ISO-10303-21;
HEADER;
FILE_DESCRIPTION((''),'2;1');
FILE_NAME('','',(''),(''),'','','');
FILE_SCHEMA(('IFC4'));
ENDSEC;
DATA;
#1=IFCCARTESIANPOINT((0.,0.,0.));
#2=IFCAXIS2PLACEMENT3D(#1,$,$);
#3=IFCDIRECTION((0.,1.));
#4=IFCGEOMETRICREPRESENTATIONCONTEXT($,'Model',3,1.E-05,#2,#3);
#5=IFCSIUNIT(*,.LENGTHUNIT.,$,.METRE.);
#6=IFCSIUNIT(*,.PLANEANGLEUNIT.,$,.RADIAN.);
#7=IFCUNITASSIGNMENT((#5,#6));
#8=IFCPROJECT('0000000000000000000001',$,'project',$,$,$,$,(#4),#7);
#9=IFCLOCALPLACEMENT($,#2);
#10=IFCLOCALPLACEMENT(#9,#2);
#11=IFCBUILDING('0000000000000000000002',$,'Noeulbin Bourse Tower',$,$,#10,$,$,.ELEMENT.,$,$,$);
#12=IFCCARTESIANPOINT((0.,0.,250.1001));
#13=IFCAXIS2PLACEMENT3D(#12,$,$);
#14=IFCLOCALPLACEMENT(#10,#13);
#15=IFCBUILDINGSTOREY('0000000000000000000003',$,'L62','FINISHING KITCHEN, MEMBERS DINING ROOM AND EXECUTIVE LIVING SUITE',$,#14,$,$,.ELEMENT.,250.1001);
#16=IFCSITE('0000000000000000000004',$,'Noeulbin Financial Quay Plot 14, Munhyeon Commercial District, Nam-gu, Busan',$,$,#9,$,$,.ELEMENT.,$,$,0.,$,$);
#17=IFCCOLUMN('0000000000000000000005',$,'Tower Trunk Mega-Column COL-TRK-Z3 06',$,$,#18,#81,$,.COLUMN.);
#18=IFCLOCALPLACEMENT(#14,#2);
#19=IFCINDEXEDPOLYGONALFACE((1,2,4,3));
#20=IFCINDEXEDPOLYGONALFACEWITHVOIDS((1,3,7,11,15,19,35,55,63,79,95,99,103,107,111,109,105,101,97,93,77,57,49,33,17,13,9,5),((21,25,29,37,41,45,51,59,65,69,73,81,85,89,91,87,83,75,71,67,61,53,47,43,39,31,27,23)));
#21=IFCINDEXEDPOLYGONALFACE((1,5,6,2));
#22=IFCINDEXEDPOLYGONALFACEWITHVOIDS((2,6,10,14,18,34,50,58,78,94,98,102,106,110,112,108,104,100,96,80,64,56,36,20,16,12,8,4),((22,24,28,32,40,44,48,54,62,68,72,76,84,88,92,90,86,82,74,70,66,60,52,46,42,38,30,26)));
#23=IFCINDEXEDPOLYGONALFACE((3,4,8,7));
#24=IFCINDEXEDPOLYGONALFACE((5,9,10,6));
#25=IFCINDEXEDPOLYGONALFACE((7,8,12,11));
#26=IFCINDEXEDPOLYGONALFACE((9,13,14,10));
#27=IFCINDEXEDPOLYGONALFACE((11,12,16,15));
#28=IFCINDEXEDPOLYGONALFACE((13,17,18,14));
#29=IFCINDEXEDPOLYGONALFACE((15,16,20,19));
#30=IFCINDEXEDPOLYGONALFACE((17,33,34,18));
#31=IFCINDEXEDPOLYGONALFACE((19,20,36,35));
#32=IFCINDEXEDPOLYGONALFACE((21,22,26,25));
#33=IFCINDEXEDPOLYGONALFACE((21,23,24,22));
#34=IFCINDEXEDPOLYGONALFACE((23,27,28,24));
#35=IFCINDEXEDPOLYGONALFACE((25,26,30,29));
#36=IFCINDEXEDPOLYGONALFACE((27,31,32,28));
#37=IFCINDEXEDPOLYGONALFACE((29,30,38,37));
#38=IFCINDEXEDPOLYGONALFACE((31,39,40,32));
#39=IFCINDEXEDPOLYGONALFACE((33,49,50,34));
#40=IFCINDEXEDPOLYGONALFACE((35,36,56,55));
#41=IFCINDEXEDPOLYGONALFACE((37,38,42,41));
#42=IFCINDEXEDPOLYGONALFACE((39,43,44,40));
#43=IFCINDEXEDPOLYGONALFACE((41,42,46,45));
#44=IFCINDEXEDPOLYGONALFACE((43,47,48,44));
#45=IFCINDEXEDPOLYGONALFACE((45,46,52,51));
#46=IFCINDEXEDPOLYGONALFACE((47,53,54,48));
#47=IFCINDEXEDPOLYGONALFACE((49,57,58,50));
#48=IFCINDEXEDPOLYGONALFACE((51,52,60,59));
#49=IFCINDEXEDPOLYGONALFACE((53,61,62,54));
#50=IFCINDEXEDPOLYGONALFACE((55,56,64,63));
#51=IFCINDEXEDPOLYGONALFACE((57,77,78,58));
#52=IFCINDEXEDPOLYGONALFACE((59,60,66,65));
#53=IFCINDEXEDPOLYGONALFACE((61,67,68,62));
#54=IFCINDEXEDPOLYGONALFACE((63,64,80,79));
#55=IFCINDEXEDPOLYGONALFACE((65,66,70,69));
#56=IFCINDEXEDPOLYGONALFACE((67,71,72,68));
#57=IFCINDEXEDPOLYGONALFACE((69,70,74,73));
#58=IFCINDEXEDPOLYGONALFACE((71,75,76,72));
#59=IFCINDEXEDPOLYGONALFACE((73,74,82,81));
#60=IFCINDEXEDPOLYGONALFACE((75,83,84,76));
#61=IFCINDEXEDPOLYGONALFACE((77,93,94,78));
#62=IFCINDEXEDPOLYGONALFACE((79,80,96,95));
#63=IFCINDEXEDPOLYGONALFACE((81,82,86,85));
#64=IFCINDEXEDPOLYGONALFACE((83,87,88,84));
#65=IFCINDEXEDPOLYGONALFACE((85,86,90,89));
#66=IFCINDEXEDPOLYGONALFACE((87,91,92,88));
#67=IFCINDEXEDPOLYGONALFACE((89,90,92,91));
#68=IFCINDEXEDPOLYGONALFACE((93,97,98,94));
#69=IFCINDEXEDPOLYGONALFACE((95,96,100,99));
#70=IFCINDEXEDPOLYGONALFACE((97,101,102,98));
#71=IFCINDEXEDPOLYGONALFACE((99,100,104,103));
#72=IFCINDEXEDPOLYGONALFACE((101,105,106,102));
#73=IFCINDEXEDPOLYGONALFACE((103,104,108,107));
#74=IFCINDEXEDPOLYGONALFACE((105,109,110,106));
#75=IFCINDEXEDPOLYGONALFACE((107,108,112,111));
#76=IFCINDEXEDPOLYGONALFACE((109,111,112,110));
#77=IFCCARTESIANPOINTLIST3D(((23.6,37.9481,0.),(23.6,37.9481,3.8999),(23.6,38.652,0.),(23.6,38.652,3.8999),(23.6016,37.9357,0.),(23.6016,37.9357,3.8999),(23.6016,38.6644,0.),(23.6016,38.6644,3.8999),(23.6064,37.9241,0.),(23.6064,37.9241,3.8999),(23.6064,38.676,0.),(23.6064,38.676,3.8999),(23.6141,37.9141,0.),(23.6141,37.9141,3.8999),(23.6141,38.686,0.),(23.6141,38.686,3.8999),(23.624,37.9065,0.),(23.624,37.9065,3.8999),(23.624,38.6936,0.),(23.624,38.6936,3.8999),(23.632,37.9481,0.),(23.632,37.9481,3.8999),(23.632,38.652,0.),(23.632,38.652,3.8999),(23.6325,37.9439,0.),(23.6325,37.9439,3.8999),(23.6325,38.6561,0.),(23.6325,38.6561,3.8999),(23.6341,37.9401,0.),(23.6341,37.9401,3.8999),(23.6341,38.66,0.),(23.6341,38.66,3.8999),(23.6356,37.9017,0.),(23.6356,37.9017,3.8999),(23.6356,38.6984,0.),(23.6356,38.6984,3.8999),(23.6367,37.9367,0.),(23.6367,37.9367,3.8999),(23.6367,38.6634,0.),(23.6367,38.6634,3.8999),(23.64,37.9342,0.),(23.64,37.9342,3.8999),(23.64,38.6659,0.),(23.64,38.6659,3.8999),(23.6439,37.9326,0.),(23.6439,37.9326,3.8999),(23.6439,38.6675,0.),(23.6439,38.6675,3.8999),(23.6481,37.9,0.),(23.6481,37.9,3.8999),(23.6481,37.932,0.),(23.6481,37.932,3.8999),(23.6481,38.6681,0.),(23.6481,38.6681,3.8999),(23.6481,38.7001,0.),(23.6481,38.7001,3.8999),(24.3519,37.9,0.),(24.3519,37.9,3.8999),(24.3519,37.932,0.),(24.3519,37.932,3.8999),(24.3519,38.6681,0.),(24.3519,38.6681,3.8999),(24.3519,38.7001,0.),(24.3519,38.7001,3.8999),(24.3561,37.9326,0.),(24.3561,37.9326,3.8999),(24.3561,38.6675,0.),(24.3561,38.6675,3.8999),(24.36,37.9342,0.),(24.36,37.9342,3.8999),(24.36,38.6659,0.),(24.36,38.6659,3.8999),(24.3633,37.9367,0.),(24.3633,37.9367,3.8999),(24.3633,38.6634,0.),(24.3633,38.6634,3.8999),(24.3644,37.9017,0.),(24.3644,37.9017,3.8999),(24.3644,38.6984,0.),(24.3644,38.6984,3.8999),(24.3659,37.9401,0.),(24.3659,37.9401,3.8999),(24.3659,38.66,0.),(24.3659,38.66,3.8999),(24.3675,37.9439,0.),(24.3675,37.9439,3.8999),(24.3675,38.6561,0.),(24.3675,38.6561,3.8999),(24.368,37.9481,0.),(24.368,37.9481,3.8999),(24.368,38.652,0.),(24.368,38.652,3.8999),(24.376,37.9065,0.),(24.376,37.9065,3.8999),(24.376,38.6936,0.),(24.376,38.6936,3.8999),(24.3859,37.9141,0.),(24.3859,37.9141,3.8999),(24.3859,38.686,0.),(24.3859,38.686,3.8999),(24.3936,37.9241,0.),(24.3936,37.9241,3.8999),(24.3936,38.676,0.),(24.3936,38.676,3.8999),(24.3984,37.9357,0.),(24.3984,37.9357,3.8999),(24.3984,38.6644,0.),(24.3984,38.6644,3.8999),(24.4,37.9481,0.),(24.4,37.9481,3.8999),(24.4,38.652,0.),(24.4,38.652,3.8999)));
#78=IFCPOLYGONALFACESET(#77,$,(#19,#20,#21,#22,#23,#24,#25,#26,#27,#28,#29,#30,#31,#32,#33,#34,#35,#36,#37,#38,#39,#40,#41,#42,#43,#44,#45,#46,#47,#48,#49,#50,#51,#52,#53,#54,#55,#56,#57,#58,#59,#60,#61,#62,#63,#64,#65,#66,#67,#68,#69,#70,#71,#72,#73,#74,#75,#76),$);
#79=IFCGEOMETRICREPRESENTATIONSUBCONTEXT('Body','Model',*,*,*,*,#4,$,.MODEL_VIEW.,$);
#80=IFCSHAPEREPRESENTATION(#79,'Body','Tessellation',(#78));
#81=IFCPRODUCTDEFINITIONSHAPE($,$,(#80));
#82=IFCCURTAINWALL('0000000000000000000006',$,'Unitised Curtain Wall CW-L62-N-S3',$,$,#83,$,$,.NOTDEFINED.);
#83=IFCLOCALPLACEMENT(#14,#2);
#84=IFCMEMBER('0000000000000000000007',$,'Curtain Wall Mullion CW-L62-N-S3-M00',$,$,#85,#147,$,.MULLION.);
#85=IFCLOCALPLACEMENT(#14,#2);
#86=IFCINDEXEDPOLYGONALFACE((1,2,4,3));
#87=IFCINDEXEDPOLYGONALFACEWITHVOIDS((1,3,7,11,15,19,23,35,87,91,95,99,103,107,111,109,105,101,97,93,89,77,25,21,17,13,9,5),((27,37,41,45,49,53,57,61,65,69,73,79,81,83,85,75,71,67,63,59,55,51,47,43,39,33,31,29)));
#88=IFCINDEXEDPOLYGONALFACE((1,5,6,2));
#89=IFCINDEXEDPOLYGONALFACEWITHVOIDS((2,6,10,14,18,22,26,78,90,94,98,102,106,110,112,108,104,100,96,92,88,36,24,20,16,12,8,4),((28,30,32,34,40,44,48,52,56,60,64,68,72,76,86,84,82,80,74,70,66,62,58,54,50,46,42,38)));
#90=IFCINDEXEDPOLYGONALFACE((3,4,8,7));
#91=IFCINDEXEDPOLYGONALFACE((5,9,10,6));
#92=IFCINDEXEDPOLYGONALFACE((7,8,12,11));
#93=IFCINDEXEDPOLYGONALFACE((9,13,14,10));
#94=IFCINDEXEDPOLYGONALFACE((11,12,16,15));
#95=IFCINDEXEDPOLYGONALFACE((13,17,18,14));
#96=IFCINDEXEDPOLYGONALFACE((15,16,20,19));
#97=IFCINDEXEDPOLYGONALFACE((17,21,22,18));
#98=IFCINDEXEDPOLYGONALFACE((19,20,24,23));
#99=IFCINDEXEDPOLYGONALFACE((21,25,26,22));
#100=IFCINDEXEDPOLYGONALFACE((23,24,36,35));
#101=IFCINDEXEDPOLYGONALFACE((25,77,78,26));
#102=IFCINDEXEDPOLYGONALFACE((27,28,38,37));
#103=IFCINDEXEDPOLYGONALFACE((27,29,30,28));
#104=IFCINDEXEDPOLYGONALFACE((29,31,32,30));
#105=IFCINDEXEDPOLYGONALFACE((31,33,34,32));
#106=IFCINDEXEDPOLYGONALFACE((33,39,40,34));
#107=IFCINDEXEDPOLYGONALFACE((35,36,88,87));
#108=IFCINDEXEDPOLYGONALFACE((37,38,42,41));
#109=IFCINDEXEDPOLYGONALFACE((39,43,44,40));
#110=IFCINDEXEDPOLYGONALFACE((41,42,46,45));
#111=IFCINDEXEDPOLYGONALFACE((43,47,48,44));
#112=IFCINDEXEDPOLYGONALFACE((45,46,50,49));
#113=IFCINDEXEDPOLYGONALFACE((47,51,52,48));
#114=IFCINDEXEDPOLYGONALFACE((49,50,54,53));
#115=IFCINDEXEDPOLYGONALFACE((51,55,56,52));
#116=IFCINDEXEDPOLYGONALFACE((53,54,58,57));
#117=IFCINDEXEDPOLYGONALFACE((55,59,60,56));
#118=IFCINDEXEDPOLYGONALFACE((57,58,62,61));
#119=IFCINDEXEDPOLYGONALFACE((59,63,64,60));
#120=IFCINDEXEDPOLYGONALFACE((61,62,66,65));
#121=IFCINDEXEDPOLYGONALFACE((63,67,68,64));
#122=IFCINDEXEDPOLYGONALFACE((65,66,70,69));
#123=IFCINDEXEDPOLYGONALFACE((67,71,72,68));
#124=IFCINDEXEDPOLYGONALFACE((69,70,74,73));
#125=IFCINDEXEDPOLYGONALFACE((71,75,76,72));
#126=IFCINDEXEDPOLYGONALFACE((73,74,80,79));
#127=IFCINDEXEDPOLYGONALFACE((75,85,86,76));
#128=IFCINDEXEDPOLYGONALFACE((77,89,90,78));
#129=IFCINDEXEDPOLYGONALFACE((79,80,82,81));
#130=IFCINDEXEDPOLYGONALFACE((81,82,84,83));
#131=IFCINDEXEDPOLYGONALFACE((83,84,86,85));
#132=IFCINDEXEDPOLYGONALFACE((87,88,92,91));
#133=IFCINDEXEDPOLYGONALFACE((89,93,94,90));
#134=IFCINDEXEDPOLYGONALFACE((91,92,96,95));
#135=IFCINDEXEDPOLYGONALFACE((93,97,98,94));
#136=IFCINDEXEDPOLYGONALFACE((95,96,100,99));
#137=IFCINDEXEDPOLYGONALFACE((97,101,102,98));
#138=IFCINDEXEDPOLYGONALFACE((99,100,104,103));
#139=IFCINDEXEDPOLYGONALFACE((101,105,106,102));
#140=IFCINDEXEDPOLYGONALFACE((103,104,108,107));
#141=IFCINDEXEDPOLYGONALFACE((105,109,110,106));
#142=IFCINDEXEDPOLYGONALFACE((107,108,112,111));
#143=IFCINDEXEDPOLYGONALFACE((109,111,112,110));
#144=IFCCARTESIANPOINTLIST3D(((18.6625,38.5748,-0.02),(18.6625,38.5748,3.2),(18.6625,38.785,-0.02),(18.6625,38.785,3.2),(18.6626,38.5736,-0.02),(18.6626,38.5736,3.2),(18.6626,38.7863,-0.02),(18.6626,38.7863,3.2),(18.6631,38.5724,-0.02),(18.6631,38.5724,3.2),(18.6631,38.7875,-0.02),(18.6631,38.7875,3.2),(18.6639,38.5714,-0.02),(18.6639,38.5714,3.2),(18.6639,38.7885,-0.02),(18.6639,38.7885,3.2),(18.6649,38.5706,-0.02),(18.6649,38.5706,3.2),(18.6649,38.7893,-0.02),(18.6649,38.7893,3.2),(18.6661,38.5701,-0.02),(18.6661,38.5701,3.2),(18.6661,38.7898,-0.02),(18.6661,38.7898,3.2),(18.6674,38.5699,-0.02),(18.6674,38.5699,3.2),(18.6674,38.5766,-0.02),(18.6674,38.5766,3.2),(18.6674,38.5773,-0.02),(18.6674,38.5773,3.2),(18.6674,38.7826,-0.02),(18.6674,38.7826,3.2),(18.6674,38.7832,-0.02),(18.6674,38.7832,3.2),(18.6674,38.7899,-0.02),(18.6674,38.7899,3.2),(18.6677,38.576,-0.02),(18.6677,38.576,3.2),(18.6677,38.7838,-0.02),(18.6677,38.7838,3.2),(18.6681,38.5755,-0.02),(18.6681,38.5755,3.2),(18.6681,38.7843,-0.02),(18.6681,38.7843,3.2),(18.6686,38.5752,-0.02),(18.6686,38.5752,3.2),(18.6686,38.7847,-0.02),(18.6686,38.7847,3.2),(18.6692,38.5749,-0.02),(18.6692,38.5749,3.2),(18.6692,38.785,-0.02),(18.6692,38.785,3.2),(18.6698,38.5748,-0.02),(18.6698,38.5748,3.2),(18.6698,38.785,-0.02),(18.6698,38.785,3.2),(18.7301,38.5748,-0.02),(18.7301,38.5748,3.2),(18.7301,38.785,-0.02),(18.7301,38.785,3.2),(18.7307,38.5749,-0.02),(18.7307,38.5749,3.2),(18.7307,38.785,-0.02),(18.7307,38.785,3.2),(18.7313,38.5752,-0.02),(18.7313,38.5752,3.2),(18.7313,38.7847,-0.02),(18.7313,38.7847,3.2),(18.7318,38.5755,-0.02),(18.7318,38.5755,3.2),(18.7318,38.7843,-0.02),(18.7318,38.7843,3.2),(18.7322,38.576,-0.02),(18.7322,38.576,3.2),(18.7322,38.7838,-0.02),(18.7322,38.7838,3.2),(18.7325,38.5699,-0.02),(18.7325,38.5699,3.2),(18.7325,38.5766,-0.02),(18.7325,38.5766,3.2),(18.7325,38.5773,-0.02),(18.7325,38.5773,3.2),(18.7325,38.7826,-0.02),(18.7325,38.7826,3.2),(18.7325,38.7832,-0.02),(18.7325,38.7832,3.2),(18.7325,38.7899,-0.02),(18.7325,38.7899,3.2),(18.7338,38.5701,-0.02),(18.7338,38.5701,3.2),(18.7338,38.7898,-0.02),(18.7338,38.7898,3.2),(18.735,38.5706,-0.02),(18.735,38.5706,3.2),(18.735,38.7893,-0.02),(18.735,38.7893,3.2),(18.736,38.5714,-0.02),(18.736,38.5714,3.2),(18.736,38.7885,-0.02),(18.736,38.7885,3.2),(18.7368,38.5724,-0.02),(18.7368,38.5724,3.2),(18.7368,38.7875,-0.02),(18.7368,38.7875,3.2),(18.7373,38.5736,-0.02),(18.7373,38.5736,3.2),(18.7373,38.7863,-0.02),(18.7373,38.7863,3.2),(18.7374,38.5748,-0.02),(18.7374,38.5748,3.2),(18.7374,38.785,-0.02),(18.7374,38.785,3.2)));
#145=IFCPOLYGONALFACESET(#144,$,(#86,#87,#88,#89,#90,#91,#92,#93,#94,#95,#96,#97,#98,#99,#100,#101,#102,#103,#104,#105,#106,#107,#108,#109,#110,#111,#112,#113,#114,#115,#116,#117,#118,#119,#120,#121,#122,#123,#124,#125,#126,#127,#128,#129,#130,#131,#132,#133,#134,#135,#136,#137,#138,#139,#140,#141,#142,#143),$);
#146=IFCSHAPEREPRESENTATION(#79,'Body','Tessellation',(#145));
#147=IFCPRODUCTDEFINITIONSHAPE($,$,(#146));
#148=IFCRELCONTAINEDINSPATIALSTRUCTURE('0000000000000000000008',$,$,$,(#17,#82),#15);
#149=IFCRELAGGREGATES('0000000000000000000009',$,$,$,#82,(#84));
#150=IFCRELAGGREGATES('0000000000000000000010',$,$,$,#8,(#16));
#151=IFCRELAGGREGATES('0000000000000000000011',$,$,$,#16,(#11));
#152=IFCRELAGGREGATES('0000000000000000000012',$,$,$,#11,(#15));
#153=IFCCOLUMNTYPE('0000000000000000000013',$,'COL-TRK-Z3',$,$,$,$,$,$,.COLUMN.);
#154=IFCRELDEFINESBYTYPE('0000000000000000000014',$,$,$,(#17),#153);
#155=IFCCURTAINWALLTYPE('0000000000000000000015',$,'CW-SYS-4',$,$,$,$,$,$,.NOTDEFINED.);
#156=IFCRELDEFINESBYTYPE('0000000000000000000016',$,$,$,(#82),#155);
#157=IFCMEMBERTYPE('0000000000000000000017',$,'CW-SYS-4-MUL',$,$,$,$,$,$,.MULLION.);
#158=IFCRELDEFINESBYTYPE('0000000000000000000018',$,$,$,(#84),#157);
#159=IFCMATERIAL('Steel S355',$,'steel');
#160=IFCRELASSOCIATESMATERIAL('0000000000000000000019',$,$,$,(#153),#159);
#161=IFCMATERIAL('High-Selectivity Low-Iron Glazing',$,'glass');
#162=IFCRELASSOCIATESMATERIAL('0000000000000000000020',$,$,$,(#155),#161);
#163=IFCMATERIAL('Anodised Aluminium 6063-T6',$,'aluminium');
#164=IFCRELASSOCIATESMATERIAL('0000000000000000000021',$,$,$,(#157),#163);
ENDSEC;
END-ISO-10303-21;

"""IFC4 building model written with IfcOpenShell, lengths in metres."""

from ifc_helpers import new_model, si_unit, direction, frame, origin, origin_2d, place, context, subcontext, project, spatial, hollow_rectangle, extrude, material, material_profile, profile_set, type_object, element, aggregate, save


model = new_model("IFC4")

# Units and contexts
model_context = context("Model", 3, precision=1e-05, world=origin(), true_north=direction((0.0, 1.0)))
body_context = subcontext(model_context, "Body", "Model", "MODEL_VIEW")
ifc_project = project(units=[si_unit("LENGTHUNIT", "METRE"), si_unit("PLANEANGLEUNIT", "RADIAN")], contexts=[model_context])

# Site, building, storey
site_placement = place(None, origin())
site = spatial("IfcSite", under=ifc_project, at=site_placement, Name="Noeulbin Financial Quay Plot 14, Munhyeon Commercial District, Nam-gu, Busan", CompositionType="ELEMENT", RefElevation=0.0)
building_placement = place(site_placement, origin())
building = spatial("IfcBuilding", under=site, at=building_placement, Name="Noeulbin Bourse Tower", CompositionType="ELEMENT")
storey_placement = place(building_placement, frame((0.0, 0.0, 250.1001)))
storey = spatial("IfcBuildingStorey", under=building, at=storey_placement, Name="L62", Description="FINISHING KITCHEN, MEMBERS DINING ROOM AND EXECUTIVE LIVING SUITE", CompositionType="ELEMENT", Elevation=250.1001)

# Column
ifc_material_1 = material(Name="Steel S355", Category="steel")
ifc_material_profile_1 = material_profile(ifc_material_1, hollow_rectangle(XDim=0.8, YDim=0.8, WallThickness=0.032, InnerFilletRadius=0.0161, OuterFilletRadius=0.0481, at=origin_2d()), Name="BOX-800x800x32", Category="LoadBearing")
ifc_profile_set_1 = profile_set([ifc_material_profile_1], Name="Steel S355")
column_type = type_object("IfcColumnType", Name="COL-TRK-Z3", PredefinedType="COLUMN", material=ifc_profile_set_1)
for number, where, z_axis, x_axis, name in (
    (1, (24.0, 38.3, 0.0), (0.0, 0.0, 1.0), (1.0, 0.0, 0.0), "Tower Trunk Mega-Column COL-TRK-Z3 06"),
):
    element("IfcColumn", number, at=place(storey_placement, frame(where, z_axis=z_axis, x_axis=x_axis)), inside=storey, type_object=column_type, Name=name, PredefinedType="COLUMN", context=body_context, shape_type="SweptSolid", body=[
        extrude(hollow_rectangle(XDim=0.8, YDim=0.8, WallThickness=0.032, InnerFilletRadius=0.0161, OuterFilletRadius=0.0481, at=origin_2d()), origin(), (0.0, 0.0, 1.0), 3.8999),
    ])

# Curtain wall, member
ifc_material_2 = material(Name="High-Selectivity Low-Iron Glazing", Category="glass")
curtain_wall_type = type_object("IfcCurtainWallType", Name="CW-SYS-4", PredefinedType="NOTDEFINED", material=ifc_material_2)
curtain_wall_placement = place(storey_placement, origin())
curtain_wall = element("IfcCurtainWall", 2, at=curtain_wall_placement, inside=storey, type_object=curtain_wall_type, Name="Unitised Curtain Wall CW-L62-N-S3", PredefinedType="NOTDEFINED")
ifc_material_3 = material(Name="Anodised Aluminium 6063-T6", Category="aluminium")
ifc_material_profile_2 = material_profile(ifc_material_3, hollow_rectangle(XDim=0.075, YDim=0.22, WallThickness=0.0049, InnerFilletRadius=0.0024, OuterFilletRadius=0.0049, at=origin_2d()), Name="ALU-MULL-75x220x5", Category="LoadBearing")
ifc_profile_set_2 = profile_set([ifc_material_profile_2], Name="Anodised Aluminium 6063-T6")
member_type_1 = type_object("IfcMemberType", Name="CW-SYS-4-MUL", PredefinedType="MULLION", material=ifc_profile_set_2)
member_1_placement = place(storey_placement, frame((18.7, 38.6799, -0.02), z_axis=(0.0, 0.0, 1.0), x_axis=(1.0, 0.0, 0.0)))
member_1 = element("IfcMember", 3, at=member_1_placement, type_object=member_type_1, Name="Curtain Wall Mullion CW-L62-N-S3-M00", PredefinedType="MULLION", context=body_context, shape_type="SweptSolid", body=[
    extrude(hollow_rectangle(XDim=0.075, YDim=0.22, WallThickness=0.0049, InnerFilletRadius=0.0024, OuterFilletRadius=0.0049, at=origin_2d()), origin(), (0.0, 0.0, 1.0), 3.22),
])
aggregate(curtain_wall, [member_1])

save(model, "model.ifc")
